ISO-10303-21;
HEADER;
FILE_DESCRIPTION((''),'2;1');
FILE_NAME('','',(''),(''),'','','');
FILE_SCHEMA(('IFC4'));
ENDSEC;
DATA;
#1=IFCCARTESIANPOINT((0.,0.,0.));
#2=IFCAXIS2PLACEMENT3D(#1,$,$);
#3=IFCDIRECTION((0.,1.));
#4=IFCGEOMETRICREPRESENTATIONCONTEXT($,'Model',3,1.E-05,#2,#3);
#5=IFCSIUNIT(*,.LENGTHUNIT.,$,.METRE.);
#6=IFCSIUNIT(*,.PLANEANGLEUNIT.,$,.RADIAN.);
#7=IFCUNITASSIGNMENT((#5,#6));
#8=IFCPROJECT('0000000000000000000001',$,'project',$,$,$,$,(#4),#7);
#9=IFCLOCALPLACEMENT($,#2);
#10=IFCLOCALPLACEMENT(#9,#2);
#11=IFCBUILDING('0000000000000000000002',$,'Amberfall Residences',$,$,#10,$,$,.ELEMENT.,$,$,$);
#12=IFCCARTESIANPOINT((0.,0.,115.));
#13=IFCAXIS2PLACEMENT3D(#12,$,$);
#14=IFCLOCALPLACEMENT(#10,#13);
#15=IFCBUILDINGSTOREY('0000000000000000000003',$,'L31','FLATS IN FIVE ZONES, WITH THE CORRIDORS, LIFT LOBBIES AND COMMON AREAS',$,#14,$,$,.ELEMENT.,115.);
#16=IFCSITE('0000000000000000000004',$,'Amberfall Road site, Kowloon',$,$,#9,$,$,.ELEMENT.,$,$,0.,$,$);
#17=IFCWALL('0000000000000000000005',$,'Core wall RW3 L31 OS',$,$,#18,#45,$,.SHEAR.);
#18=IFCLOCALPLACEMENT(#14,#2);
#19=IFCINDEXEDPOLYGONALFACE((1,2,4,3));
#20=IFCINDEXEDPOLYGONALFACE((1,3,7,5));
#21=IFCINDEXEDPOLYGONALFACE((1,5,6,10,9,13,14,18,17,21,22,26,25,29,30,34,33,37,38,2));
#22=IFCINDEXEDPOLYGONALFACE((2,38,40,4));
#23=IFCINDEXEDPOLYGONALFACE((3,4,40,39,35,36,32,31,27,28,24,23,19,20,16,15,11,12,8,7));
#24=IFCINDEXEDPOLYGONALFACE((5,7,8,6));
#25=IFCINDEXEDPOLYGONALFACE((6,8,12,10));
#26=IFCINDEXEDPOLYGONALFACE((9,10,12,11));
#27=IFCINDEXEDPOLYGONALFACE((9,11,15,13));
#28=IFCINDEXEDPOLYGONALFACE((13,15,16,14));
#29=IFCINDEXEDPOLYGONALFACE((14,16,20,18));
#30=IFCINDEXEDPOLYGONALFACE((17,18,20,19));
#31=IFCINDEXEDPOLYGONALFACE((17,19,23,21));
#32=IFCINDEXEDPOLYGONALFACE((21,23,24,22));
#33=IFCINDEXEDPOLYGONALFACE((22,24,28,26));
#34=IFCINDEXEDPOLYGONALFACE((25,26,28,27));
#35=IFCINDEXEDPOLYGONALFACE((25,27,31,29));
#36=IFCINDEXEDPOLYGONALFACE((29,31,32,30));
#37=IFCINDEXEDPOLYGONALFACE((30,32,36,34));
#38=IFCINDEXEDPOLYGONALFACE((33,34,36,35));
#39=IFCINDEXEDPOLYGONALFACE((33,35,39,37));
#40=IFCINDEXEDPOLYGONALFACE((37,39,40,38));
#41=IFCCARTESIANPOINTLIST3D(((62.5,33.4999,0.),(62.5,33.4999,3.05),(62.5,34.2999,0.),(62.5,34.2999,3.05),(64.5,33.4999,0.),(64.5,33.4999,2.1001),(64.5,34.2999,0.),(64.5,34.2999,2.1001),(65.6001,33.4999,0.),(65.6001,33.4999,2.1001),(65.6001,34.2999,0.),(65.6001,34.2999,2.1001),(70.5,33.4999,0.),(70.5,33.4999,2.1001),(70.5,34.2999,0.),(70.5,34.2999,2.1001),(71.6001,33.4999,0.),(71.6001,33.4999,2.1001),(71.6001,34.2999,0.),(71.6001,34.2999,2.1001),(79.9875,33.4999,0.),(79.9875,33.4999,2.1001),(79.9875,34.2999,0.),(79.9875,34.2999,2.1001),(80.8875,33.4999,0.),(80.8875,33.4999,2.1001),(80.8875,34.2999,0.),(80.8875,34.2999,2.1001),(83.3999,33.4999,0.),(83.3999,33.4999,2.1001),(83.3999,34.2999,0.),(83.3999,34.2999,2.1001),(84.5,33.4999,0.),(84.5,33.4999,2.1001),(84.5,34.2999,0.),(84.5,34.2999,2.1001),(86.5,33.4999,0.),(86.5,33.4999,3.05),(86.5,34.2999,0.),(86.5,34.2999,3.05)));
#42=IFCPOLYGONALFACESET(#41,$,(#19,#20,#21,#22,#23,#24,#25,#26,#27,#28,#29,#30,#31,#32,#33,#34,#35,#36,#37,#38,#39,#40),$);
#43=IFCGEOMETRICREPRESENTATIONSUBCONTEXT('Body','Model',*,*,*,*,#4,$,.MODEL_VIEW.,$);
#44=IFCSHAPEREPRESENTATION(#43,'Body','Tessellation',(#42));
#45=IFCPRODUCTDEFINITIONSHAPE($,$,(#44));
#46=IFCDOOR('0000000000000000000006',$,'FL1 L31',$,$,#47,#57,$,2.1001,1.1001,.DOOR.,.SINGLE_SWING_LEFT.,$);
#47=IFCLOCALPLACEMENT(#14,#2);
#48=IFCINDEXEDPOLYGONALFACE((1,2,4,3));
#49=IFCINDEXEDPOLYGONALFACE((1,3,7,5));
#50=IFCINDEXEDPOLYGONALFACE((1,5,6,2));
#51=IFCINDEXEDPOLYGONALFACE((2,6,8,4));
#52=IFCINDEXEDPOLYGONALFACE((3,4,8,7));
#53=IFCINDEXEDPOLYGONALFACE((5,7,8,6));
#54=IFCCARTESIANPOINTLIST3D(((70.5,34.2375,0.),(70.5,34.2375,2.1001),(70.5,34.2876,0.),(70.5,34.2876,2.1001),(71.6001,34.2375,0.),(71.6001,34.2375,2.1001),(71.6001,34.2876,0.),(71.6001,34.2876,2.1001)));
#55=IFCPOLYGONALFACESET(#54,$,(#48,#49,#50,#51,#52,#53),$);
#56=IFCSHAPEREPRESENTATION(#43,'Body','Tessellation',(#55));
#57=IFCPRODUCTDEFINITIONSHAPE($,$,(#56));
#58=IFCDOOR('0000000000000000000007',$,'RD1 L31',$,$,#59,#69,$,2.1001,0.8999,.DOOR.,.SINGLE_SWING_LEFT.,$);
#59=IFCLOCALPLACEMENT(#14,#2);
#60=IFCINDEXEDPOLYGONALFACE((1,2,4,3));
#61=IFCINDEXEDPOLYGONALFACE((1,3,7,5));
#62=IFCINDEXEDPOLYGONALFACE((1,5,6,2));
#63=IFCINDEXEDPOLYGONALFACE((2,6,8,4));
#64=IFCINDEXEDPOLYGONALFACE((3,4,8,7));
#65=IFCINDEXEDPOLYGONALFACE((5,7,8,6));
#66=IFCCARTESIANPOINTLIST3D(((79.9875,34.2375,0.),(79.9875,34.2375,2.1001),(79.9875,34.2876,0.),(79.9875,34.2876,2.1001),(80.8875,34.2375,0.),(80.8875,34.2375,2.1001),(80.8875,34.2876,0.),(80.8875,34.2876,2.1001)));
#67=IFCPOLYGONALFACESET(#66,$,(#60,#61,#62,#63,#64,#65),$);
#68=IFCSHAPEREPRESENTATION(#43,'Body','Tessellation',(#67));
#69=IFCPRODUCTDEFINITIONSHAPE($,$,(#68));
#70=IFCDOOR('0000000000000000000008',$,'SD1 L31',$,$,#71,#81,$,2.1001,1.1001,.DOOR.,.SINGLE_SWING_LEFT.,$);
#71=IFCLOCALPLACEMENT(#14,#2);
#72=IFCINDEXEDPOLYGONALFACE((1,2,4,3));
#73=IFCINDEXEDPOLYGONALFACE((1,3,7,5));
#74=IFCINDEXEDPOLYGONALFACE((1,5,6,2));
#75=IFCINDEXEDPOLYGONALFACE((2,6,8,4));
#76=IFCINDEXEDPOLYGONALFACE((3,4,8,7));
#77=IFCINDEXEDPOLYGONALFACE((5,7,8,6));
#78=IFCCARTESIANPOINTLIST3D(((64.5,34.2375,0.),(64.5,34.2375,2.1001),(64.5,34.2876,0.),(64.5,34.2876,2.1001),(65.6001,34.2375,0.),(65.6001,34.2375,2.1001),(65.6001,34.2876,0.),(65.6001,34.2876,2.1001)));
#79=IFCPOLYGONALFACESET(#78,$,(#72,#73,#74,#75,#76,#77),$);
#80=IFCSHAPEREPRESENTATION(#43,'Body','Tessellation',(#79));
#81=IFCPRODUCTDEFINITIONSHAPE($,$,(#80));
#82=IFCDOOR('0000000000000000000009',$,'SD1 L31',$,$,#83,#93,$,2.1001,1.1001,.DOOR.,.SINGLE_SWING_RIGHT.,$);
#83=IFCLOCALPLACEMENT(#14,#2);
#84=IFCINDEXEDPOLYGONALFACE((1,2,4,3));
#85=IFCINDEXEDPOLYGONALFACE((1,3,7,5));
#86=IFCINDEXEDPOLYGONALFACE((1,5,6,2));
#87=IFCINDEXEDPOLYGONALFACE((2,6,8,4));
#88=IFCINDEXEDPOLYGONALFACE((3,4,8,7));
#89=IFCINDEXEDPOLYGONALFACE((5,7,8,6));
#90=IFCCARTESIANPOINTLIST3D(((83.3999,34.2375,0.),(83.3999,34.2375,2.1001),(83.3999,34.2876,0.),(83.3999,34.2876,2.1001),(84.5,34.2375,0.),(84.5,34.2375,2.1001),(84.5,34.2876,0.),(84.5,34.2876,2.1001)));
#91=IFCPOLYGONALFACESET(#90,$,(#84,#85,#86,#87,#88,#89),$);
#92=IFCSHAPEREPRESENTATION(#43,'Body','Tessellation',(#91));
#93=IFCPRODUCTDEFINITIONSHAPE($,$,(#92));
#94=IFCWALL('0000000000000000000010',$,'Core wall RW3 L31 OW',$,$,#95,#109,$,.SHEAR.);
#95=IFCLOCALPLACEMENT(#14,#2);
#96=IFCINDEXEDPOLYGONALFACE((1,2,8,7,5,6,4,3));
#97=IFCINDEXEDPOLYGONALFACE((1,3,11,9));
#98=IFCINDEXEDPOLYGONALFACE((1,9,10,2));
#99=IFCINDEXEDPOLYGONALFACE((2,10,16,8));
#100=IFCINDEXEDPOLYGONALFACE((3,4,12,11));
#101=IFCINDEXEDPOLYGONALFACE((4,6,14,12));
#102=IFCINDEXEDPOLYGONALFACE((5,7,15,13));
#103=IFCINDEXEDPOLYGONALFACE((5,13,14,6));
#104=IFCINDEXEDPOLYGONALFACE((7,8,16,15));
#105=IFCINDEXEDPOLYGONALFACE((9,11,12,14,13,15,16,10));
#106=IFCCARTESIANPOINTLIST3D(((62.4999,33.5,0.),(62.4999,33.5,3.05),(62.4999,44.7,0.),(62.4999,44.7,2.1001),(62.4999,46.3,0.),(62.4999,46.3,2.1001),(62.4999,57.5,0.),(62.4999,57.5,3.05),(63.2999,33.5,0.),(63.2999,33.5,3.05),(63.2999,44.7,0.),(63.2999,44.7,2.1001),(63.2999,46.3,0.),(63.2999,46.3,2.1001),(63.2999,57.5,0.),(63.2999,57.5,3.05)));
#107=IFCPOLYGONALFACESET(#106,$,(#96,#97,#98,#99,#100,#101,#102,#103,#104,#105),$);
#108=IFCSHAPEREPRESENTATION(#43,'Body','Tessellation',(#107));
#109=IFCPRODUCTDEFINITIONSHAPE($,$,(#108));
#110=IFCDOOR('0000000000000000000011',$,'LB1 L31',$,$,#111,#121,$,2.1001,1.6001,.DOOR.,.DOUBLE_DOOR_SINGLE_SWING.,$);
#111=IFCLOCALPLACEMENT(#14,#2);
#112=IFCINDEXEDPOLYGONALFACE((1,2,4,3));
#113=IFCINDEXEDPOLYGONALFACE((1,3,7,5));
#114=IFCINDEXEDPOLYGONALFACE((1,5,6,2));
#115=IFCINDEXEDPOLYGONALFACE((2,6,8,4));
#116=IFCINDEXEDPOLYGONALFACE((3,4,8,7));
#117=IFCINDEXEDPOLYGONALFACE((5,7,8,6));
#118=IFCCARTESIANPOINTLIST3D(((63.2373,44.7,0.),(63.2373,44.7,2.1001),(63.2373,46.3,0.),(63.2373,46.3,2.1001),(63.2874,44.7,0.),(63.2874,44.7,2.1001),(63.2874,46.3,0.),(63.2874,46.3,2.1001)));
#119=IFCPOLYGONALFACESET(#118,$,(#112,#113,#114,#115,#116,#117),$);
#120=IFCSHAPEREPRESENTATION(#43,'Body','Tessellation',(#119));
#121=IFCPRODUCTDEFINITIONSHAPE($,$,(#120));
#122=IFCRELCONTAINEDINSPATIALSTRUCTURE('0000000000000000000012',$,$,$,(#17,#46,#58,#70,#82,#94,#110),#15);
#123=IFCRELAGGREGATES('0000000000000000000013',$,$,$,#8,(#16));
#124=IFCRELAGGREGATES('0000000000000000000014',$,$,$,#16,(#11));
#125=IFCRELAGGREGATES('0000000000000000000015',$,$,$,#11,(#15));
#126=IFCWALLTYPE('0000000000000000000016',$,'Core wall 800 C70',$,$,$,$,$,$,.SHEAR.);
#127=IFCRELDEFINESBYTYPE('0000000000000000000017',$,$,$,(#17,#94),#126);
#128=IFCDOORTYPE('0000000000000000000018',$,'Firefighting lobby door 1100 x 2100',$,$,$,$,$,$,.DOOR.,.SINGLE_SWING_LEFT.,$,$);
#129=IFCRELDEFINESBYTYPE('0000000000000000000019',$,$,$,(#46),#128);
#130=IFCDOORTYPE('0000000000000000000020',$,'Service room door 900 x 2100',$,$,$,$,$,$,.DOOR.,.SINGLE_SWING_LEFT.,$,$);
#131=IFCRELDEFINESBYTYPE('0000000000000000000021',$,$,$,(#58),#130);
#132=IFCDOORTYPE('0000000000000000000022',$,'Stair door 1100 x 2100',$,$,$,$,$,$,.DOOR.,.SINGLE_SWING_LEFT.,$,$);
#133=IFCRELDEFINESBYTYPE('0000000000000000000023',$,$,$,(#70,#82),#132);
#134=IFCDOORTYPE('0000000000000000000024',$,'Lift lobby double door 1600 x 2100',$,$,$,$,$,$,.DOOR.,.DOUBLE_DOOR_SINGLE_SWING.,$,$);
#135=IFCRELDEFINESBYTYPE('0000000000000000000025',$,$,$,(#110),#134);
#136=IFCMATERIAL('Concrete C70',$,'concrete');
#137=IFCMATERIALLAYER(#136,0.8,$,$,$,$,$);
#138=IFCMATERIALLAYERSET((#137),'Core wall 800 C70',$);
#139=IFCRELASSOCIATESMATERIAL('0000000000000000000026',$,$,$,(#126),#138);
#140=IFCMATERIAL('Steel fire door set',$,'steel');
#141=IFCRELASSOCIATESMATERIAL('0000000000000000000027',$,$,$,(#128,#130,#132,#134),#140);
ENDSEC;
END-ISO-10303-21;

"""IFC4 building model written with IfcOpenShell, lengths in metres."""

from ifc_helpers import new_model, si_unit, direction, frame, frame_2d, origin, place, context, subcontext, project, spatial, rectangle, extrude, material, layer, layer_set, type_object, element, fill, save


model = new_model("IFC4")

# Units and contexts
model_context = context("Model", 3, precision=1e-05, world=origin(), true_north=direction((0.0, 1.0)))
body_context = subcontext(model_context, "Body", "Model", "MODEL_VIEW")
ifc_project = project(units=[si_unit("LENGTHUNIT", "METRE"), si_unit("PLANEANGLEUNIT", "RADIAN")], contexts=[model_context])

# Site, building, storey
site_placement = place(None, origin())
site = spatial("IfcSite", under=ifc_project, at=site_placement, Name="Amberfall Road site, Kowloon", CompositionType="ELEMENT", RefElevation=0.0)
building_placement = place(site_placement, origin())
building = spatial("IfcBuilding", under=site, at=building_placement, Name="Amberfall Residences", CompositionType="ELEMENT")
storey_placement = place(building_placement, frame((0.0, 0.0, 115.0)))
storey = spatial("IfcBuildingStorey", under=building, at=storey_placement, Name="L31", Description="FLATS IN FIVE ZONES, WITH THE CORRIDORS, LIFT LOBBIES AND COMMON AREAS", CompositionType="ELEMENT", Elevation=115.0)

# Wall, openings, doors
ifc_material_1 = material(Name="Concrete C70", Category="concrete")
ifc_layer_1 = layer(ifc_material_1, 0.8)
ifc_layer_set_1 = layer_set([ifc_layer_1], Name="Core wall 800 C70")
wall_type_1 = type_object("IfcWallType", Name="Core wall 800 C70", PredefinedType="SHEAR", material=ifc_layer_set_1)
wall_1_placement = place(storey_placement, frame((62.5, 33.8999, 0.0), z_axis=(0.0, 0.0, 1.0), x_axis=(1.0, 0.0, 0.0)))
wall_1 = element("IfcWall", 1, at=wall_1_placement, inside=storey, type_object=wall_type_1, Name="Core wall RW3 L31 OS", PredefinedType="SHEAR", context=body_context, shape_type="SweptSolid", body=[
    extrude(rectangle(XDim=24.0, YDim=0.8, at=frame_2d((12.0, 0.0))), origin(), (0.0, 0.0, 1.0), 3.05),
])
opening_1_placement = place(wall_1_placement, frame((2.0, 0.0, 0.0)))
opening_1 = element("IfcOpeningElement", 2, at=opening_1_placement, cuts=wall_1, PredefinedType="OPENING", context=body_context, shape_type="SweptSolid", body=[
    extrude(rectangle(XDim=1.1001, YDim=2.1001, at=frame_2d((0.55, 1.05))), frame((0.0, 0.4099, 0.0), z_axis=(0.0, -1.0, 0.0), x_axis=(1.0, 0.0, 0.0)), (0.0, 0.0, 1.0), 0.8201),
])
opening_2_placement = place(wall_1_placement, frame((20.8999, 0.0, 0.0)))
opening_2 = element("IfcOpeningElement", 3, at=opening_2_placement, cuts=wall_1, PredefinedType="OPENING", context=body_context, shape_type="SweptSolid", body=[
    extrude(rectangle(XDim=1.1001, YDim=2.1001, at=frame_2d((0.55, 1.05))), frame((0.0, 0.4099, 0.0), z_axis=(0.0, -1.0, 0.0), x_axis=(1.0, 0.0, 0.0)), (0.0, 0.0, 1.0), 0.8201),
])
opening_3_placement = place(wall_1_placement, frame((8.0, 0.0, 0.0)))
opening_3 = element("IfcOpeningElement", 4, at=opening_3_placement, cuts=wall_1, PredefinedType="OPENING", context=body_context, shape_type="SweptSolid", body=[
    extrude(rectangle(XDim=1.1001, YDim=2.1001, at=frame_2d((0.55, 1.05))), frame((0.0, 0.4099, 0.0), z_axis=(0.0, -1.0, 0.0), x_axis=(1.0, 0.0, 0.0)), (0.0, 0.0, 1.0), 0.8201),
])
opening_4_placement = place(wall_1_placement, frame((17.4875, 0.0, 0.0)))
opening_4 = element("IfcOpeningElement", 5, at=opening_4_placement, cuts=wall_1, PredefinedType="OPENING", context=body_context, shape_type="SweptSolid", body=[
    extrude(rectangle(XDim=0.8999, YDim=2.1001, at=frame_2d((0.45, 1.05))), frame((0.0, 0.4099, 0.0), z_axis=(0.0, -1.0, 0.0), x_axis=(1.0, 0.0, 0.0)), (0.0, 0.0, 1.0), 0.8201),
])
ifc_material_2 = material(Name="Steel fire door set", Category="steel")
door_type_1 = type_object("IfcDoorType", Name="Firefighting lobby door 1100 x 2100", OperationType="SINGLE_SWING_LEFT", PredefinedType="DOOR", material=ifc_material_2)
door_1_placement = place(opening_3_placement, origin())
door_1 = element("IfcDoor", 6, at=door_1_placement, inside=storey, type_object=door_type_1, Name="FL1 L31", OperationType="SINGLE_SWING_LEFT", OverallHeight=2.1001, OverallWidth=1.1001, PredefinedType="DOOR", context=body_context, shape_type="SweptSolid", body=[
    extrude(rectangle(XDim=1.1001, YDim=2.1001, at=frame_2d((0.55, 1.05))), frame((0.0, 0.3877, 0.0), z_axis=(0.0, -1.0, 0.0), x_axis=(1.0, 0.0, 0.0)), (0.0, 0.0, 1.0), 0.05),
])
fill(opening_3, door_1)
door_type_2 = type_object("IfcDoorType", Name="Service room door 900 x 2100", OperationType="SINGLE_SWING_LEFT", PredefinedType="DOOR", material=ifc_material_2)
door_2_placement = place(opening_4_placement, origin())
door_2 = element("IfcDoor", 7, at=door_2_placement, inside=storey, type_object=door_type_2, Name="RD1 L31", OperationType="SINGLE_SWING_LEFT", OverallHeight=2.1001, OverallWidth=0.8999, PredefinedType="DOOR", context=body_context, shape_type="SweptSolid", body=[
    extrude(rectangle(XDim=0.8999, YDim=2.1001, at=frame_2d((0.45, 1.05))), frame((0.0, 0.3877, 0.0), z_axis=(0.0, -1.0, 0.0), x_axis=(1.0, 0.0, 0.0)), (0.0, 0.0, 1.0), 0.05),
])
fill(opening_4, door_2)
door_type_3 = type_object("IfcDoorType", Name="Stair door 1100 x 2100", OperationType="SINGLE_SWING_LEFT", PredefinedType="DOOR", material=ifc_material_2)
door_3_placement = place(opening_1_placement, origin())
door_3 = element("IfcDoor", 8, at=door_3_placement, inside=storey, type_object=door_type_3, Name="SD1 L31", OperationType="SINGLE_SWING_LEFT", OverallHeight=2.1001, OverallWidth=1.1001, PredefinedType="DOOR", context=body_context, shape_type="SweptSolid", body=[
    extrude(rectangle(XDim=1.1001, YDim=2.1001, at=frame_2d((0.55, 1.05))), frame((0.0, 0.3877, 0.0), z_axis=(0.0, -1.0, 0.0), x_axis=(1.0, 0.0, 0.0)), (0.0, 0.0, 1.0), 0.05),
])
fill(opening_1, door_3)
door_4_placement = place(opening_2_placement, origin())
door_4 = element("IfcDoor", 9, at=door_4_placement, inside=storey, type_object=door_type_3, Name="SD1 L31", OperationType="SINGLE_SWING_RIGHT", OverallHeight=2.1001, OverallWidth=1.1001, PredefinedType="DOOR", context=body_context, shape_type="SweptSolid", body=[
    extrude(rectangle(XDim=1.1001, YDim=2.1001, at=frame_2d((0.55, 1.05))), frame((0.0, 0.3877, 0.0), z_axis=(0.0, -1.0, 0.0), x_axis=(1.0, 0.0, 0.0)), (0.0, 0.0, 1.0), 0.05),
])
fill(opening_2, door_4)

# Wall, opening, door
wall_2_placement = place(storey_placement, frame((62.8999, 33.5, 0.0), z_axis=(0.0, 0.0, 1.0), x_axis=(0.0, 1.0, 0.0)))
wall_2 = element("IfcWall", 10, at=wall_2_placement, inside=storey, type_object=wall_type_1, Name="Core wall RW3 L31 OW", PredefinedType="SHEAR", context=body_context, shape_type="SweptSolid", body=[
    extrude(rectangle(XDim=24.0, YDim=0.8, at=frame_2d((12.0, 0.0))), origin(), (0.0, 0.0, 1.0), 3.05),
])
opening_5_placement = place(wall_2_placement, frame((11.2, 0.0, 0.0)))
opening_5 = element("IfcOpeningElement", 11, at=opening_5_placement, cuts=wall_2, PredefinedType="OPENING", context=body_context, shape_type="SweptSolid", body=[
    extrude(rectangle(XDim=1.6001, YDim=2.1001, at=frame_2d((0.8, 1.05))), frame((0.0, 0.4099, 0.0), z_axis=(0.0, -1.0, 0.0), x_axis=(1.0, 0.0, 0.0)), (0.0, 0.0, 1.0), 0.8201),
])
door_type_4 = type_object("IfcDoorType", Name="Lift lobby double door 1600 x 2100", OperationType="DOUBLE_DOOR_SINGLE_SWING", PredefinedType="DOOR", material=ifc_material_2)
door_5_placement = place(opening_5_placement, origin())
door_5 = element("IfcDoor", 12, at=door_5_placement, inside=storey, type_object=door_type_4, Name="LB1 L31", OperationType="DOUBLE_DOOR_SINGLE_SWING", OverallHeight=2.1001, OverallWidth=1.6001, PredefinedType="DOOR", context=body_context, shape_type="SweptSolid", body=[
    extrude(rectangle(XDim=1.6001, YDim=2.1001, at=frame_2d((0.8, 1.05))), frame((0.0, -0.3374, 0.0), z_axis=(0.0, -1.0, 0.0), x_axis=(1.0, 0.0, 0.0)), (0.0, 0.0, 1.0), 0.05),
])
fill(opening_5, door_5)

save(model, "model.ifc")
